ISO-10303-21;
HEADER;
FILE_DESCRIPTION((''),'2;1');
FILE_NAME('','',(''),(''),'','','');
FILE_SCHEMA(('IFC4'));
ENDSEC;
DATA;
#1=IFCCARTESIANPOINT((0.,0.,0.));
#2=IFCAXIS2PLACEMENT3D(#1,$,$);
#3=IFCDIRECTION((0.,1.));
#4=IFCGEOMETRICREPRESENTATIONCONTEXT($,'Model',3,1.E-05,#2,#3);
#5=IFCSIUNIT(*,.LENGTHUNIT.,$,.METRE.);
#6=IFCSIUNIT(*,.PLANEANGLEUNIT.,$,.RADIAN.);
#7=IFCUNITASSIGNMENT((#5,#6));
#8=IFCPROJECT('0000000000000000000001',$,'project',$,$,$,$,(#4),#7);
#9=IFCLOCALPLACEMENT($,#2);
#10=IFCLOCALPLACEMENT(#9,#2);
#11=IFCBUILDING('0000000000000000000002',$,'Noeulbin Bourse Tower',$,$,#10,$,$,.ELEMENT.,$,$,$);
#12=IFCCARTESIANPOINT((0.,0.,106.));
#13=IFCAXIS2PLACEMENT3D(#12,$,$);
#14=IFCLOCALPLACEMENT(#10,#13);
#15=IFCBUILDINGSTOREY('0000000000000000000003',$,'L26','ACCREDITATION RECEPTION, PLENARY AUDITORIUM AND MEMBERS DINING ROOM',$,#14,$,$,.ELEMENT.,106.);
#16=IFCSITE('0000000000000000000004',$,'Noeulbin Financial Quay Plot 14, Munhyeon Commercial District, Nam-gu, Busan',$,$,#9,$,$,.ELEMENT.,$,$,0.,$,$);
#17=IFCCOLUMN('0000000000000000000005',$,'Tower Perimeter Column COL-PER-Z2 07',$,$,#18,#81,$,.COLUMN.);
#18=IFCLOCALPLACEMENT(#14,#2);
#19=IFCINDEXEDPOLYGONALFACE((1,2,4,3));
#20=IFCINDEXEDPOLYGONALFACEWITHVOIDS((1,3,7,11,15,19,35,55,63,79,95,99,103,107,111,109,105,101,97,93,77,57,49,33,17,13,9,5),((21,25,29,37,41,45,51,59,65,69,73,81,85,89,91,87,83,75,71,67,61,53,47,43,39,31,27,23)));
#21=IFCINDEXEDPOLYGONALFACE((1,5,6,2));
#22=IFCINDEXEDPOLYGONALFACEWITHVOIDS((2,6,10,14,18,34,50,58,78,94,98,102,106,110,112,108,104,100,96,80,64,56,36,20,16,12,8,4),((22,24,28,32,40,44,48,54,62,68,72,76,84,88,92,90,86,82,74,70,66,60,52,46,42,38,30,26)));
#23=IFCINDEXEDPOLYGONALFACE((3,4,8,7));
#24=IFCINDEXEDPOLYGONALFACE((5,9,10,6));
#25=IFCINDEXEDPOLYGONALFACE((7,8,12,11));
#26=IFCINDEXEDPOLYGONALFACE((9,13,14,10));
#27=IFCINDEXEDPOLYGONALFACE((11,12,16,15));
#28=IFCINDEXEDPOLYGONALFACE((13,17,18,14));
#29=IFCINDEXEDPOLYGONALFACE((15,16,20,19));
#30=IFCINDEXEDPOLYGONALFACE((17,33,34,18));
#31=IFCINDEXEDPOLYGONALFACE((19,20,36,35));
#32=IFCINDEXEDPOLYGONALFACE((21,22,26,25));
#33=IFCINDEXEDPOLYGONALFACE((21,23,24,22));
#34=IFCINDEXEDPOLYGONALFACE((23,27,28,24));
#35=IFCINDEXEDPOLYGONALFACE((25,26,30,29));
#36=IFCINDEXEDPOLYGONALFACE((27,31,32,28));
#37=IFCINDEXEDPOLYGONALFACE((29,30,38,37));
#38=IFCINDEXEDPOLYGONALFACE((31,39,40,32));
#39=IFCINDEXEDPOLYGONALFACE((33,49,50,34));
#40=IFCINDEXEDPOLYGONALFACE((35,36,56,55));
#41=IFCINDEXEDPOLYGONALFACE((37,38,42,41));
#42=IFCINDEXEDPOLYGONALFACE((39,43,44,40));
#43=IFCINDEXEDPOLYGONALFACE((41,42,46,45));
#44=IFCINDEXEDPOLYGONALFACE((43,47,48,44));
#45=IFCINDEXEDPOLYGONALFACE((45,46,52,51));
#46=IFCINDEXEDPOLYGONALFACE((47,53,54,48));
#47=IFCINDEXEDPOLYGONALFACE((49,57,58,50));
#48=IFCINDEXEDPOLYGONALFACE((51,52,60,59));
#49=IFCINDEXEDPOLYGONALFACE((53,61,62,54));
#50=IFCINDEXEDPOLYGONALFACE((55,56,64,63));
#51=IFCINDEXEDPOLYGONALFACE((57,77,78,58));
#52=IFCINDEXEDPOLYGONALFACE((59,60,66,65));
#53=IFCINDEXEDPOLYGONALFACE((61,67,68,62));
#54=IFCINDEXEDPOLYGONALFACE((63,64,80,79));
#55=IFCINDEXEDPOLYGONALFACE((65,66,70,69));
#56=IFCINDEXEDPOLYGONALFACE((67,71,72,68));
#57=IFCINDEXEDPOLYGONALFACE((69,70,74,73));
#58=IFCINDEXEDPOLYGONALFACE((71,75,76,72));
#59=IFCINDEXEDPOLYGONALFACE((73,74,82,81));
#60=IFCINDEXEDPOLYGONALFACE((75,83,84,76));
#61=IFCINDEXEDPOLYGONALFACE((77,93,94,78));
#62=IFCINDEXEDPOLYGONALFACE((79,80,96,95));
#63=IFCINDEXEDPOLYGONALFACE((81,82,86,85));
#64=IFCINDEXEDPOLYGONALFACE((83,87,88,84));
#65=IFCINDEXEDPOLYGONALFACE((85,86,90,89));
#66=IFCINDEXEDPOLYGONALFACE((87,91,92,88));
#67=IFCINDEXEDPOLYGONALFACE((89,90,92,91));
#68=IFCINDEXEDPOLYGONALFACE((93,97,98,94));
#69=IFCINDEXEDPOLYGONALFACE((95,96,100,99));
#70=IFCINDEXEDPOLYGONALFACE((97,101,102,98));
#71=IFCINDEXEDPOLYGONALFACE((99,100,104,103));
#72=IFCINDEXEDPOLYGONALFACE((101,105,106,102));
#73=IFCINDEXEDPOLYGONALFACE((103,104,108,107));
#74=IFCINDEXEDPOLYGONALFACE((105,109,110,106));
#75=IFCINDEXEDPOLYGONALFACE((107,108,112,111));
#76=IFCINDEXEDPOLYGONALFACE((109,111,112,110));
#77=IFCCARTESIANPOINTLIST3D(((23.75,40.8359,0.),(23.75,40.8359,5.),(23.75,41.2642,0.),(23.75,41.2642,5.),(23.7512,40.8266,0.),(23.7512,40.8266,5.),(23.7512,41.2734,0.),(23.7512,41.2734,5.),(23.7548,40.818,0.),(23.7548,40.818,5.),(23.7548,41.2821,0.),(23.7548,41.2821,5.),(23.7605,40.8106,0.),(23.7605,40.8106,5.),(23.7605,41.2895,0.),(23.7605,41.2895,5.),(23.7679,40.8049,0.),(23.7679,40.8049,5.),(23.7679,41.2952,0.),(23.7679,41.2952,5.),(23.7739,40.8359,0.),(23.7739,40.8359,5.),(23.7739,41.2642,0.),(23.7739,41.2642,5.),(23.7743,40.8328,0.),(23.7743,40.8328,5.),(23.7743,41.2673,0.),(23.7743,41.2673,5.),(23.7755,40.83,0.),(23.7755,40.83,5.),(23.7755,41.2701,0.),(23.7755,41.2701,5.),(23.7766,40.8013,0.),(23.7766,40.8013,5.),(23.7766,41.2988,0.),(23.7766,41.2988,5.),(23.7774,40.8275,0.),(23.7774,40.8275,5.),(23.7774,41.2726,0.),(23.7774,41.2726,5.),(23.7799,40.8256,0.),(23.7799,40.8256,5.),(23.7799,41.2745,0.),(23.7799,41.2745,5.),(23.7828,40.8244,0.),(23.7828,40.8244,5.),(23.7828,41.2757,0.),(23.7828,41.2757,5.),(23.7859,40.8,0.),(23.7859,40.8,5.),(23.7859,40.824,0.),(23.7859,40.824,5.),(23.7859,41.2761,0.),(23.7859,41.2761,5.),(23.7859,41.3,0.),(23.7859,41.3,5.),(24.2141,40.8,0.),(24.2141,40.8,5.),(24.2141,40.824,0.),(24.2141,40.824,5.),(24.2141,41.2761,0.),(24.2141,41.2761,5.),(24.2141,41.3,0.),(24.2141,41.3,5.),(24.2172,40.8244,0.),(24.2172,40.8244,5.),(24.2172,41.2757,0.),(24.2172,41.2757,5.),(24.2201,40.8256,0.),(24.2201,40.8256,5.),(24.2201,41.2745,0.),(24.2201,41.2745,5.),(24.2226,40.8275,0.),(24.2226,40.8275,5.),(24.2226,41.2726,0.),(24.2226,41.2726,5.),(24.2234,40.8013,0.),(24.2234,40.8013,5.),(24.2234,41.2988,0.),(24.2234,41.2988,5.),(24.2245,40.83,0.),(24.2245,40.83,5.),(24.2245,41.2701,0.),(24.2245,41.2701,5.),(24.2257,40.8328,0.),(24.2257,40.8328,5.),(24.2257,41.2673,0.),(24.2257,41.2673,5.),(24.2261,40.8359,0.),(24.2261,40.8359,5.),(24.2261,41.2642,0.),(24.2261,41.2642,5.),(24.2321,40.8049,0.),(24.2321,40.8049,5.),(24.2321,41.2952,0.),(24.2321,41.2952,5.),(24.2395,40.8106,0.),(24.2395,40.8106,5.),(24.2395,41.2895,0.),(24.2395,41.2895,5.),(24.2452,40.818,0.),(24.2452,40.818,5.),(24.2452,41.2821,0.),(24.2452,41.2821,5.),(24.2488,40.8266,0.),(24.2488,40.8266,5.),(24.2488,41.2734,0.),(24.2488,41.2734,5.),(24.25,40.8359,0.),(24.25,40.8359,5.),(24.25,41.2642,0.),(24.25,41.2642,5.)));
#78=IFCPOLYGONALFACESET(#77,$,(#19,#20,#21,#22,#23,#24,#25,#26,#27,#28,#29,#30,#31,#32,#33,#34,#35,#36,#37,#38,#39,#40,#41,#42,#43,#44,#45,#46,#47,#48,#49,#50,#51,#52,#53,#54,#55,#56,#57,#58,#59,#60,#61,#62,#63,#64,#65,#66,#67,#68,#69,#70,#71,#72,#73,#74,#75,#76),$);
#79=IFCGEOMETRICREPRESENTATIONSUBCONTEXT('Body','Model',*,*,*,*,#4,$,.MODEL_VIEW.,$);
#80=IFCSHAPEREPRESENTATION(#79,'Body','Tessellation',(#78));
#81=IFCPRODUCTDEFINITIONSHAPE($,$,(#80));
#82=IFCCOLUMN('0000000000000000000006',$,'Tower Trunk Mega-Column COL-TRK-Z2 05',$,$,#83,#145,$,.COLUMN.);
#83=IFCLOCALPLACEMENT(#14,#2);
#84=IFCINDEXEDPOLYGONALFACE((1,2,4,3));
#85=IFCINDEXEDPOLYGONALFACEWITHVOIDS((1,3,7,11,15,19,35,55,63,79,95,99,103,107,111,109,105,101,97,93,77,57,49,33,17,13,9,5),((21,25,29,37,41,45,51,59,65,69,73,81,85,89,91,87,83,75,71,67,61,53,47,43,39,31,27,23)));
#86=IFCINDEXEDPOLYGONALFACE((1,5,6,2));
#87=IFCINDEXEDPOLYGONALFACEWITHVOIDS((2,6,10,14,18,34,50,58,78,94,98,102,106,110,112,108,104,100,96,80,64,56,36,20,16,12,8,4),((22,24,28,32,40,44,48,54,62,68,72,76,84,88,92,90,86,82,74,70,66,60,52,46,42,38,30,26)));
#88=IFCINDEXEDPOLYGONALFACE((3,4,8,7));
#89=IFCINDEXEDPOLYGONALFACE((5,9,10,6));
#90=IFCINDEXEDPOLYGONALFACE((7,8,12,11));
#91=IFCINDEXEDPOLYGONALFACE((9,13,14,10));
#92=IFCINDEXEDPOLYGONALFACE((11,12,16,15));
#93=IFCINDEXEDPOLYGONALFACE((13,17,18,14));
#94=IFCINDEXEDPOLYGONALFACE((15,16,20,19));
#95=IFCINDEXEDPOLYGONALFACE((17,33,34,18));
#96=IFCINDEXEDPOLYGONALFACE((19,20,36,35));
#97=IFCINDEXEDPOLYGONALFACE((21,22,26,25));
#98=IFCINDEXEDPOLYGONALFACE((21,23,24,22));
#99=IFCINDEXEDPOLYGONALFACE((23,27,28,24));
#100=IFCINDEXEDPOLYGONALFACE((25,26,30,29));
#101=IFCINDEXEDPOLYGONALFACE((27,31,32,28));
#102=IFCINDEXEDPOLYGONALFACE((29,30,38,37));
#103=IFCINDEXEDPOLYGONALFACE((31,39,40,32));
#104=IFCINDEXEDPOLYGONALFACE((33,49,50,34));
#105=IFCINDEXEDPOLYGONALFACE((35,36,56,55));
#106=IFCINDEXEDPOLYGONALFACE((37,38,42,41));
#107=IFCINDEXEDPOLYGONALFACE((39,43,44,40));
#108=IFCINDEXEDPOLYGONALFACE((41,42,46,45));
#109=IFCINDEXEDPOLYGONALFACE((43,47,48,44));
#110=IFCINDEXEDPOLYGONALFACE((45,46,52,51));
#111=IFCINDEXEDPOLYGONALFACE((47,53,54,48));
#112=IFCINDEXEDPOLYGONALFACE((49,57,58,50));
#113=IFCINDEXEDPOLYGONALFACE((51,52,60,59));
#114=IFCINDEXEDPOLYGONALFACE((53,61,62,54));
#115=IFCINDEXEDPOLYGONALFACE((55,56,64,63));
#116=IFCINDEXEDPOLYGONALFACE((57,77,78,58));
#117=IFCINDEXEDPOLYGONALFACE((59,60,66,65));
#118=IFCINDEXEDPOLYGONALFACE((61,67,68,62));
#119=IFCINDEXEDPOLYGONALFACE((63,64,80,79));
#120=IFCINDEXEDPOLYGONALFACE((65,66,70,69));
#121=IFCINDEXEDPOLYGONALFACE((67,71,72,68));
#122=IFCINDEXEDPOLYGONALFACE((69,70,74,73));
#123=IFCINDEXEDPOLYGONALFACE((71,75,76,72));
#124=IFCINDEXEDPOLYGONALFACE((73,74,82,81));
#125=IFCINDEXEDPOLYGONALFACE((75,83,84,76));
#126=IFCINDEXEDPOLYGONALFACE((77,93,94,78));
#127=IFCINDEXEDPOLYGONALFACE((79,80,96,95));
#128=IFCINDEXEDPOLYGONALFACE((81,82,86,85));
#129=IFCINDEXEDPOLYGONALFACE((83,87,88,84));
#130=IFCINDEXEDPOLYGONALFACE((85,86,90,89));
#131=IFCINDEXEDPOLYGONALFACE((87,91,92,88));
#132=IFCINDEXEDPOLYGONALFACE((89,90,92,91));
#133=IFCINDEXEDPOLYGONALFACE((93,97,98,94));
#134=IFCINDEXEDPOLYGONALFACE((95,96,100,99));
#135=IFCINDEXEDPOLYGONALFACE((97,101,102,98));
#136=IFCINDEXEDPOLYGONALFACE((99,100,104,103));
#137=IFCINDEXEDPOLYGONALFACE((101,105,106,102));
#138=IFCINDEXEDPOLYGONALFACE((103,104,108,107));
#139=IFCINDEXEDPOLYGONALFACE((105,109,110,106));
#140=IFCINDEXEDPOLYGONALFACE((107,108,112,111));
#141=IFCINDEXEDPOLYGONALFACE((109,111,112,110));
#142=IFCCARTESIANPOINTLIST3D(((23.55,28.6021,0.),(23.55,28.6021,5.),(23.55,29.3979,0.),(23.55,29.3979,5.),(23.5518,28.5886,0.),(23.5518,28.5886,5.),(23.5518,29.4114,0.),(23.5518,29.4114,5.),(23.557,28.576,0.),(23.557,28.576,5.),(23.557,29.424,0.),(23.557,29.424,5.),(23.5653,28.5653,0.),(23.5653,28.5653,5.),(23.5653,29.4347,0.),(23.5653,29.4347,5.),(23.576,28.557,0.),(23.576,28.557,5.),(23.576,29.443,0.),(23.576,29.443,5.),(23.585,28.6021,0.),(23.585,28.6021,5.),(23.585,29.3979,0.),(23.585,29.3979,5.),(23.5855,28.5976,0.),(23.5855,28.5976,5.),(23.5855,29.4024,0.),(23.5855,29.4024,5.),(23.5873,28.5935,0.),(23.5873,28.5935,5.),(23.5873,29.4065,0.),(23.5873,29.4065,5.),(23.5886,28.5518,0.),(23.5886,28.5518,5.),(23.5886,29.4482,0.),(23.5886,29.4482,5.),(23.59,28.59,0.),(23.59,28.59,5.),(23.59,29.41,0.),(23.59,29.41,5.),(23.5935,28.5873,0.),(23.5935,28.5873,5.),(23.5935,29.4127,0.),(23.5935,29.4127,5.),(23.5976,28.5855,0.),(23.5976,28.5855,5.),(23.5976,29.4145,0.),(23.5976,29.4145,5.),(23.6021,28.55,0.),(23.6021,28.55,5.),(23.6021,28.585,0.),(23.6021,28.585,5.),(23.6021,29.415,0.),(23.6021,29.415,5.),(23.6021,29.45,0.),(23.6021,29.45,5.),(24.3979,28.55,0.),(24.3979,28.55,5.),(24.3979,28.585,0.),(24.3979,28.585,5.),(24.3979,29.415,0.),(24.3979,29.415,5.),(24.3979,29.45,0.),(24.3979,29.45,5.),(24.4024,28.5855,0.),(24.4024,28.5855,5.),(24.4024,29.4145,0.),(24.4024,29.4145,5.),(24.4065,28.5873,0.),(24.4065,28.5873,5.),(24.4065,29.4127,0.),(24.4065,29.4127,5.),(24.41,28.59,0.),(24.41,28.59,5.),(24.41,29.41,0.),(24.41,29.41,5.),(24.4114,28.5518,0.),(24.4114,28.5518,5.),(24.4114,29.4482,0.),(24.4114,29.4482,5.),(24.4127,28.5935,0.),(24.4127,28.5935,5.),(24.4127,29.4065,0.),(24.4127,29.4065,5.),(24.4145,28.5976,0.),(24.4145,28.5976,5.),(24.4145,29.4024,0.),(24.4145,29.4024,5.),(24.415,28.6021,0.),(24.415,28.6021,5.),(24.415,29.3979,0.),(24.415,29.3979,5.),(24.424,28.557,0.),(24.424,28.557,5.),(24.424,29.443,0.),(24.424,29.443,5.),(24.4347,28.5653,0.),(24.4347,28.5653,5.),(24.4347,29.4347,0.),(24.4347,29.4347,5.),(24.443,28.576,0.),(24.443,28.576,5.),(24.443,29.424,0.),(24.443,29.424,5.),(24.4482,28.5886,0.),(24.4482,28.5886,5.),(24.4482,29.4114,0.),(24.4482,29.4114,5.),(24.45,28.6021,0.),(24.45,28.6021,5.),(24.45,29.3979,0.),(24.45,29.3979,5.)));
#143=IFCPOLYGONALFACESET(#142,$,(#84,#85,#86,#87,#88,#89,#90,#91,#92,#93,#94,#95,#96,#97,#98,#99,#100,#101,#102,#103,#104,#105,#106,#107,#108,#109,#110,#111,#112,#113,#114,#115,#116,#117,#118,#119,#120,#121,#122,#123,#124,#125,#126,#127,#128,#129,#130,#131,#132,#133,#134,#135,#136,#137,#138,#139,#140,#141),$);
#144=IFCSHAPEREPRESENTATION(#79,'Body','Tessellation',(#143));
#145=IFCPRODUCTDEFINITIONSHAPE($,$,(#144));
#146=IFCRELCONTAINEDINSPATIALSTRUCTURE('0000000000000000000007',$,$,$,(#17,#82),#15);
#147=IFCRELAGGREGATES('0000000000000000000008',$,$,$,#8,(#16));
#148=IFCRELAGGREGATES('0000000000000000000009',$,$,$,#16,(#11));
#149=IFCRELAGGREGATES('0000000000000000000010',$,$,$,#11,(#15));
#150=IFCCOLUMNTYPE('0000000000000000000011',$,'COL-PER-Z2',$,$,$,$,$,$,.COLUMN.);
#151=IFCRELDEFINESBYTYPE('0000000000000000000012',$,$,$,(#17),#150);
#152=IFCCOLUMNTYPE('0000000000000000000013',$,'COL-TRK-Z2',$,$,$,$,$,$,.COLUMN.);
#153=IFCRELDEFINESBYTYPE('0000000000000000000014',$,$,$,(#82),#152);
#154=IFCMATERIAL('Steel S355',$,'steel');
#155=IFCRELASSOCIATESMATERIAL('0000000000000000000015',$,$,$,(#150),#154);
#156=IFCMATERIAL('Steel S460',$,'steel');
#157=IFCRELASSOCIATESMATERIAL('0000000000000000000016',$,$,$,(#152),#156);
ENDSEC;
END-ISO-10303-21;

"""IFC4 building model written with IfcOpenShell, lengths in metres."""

from ifc_helpers import new_model, si_unit, direction, frame, origin, origin_2d, place, context, subcontext, project, spatial, hollow_rectangle, extrude, material, material_profile, profile_set, type_object, element, save


model = new_model("IFC4")

# Units and contexts
model_context = context("Model", 3, precision=1e-05, world=origin(), true_north=direction((0.0, 1.0)))
body_context = subcontext(model_context, "Body", "Model", "MODEL_VIEW")
ifc_project = project(units=[si_unit("LENGTHUNIT", "METRE"), si_unit("PLANEANGLEUNIT", "RADIAN")], contexts=[model_context])

# Site, building, storey
site_placement = place(None, origin())
site = spatial("IfcSite", under=ifc_project, at=site_placement, Name="Noeulbin Financial Quay Plot 14, Munhyeon Commercial District, Nam-gu, Busan", CompositionType="ELEMENT", RefElevation=0.0)
building_placement = place(site_placement, origin())
building = spatial("IfcBuilding", under=site, at=building_placement, Name="Noeulbin Bourse Tower", CompositionType="ELEMENT")
storey_placement = place(building_placement, frame((0.0, 0.0, 106.0)))
storey = spatial("IfcBuildingStorey", under=building, at=storey_placement, Name="L26", Description="ACCREDITATION RECEPTION, PLENARY AUDITORIUM AND MEMBERS DINING ROOM", CompositionType="ELEMENT", Elevation=106.0)

# Columns
ifc_material_1 = material(Name="Steel S355", Category="steel")
ifc_material_profile_1 = material_profile(ifc_material_1, hollow_rectangle(XDim=0.5, YDim=0.5, WallThickness=0.0239, InnerFilletRadius=0.012, OuterFilletRadius=0.0359, at=origin_2d()), Name="BOX-500x500x24", Category="LoadBearing")
ifc_profile_set_1 = profile_set([ifc_material_profile_1], Name="Steel S355")
column_type_1 = type_object("IfcColumnType", Name="COL-PER-Z2", PredefinedType="COLUMN", material=ifc_profile_set_1)
column_placement = place(storey_placement, frame((24.0, 41.05, 0.0), z_axis=(0.0, 0.0, 1.0), x_axis=(1.0, 0.0, 0.0)))
element("IfcColumn", 1, at=column_placement, inside=storey, type_object=column_type_1, Name="Tower Perimeter Column COL-PER-Z2 07", PredefinedType="COLUMN", context=body_context, shape_type="SweptSolid", body=[
    extrude(hollow_rectangle(XDim=0.5, YDim=0.5, WallThickness=0.0239, InnerFilletRadius=0.012, OuterFilletRadius=0.0359, at=origin_2d()), origin(), (0.0, 0.0, 1.0), 5.0),
])
ifc_material_2 = material(Name="Steel S460", Category="steel")
ifc_material_profile_2 = material_profile(ifc_material_2, hollow_rectangle(XDim=0.8999, YDim=0.8999, WallThickness=0.0349, InnerFilletRadius=0.0171, OuterFilletRadius=0.052, at=origin_2d()), Name="BOX-900x900x35", Category="LoadBearing")
ifc_profile_set_2 = profile_set([ifc_material_profile_2], Name="Steel S460")
column_type_2 = type_object("IfcColumnType", Name="COL-TRK-Z2", PredefinedType="COLUMN", material=ifc_profile_set_2)
for number, where, z_axis, x_axis, name in (
    (2, (24.0, 29.0, 0.0), (0.0, 0.0, 1.0), (1.0, 0.0, 0.0), "Tower Trunk Mega-Column COL-TRK-Z2 05"),
):
    element("IfcColumn", number, at=place(storey_placement, frame(where, z_axis=z_axis, x_axis=x_axis)), inside=storey, type_object=column_type_2, Name=name, PredefinedType="COLUMN", context=body_context, shape_type="SweptSolid", body=[
        extrude(hollow_rectangle(XDim=0.8999, YDim=0.8999, WallThickness=0.0349, InnerFilletRadius=0.0171, OuterFilletRadius=0.052, at=origin_2d()), origin(), (0.0, 0.0, 1.0), 5.0),
    ])

save(model, "model.ifc")
